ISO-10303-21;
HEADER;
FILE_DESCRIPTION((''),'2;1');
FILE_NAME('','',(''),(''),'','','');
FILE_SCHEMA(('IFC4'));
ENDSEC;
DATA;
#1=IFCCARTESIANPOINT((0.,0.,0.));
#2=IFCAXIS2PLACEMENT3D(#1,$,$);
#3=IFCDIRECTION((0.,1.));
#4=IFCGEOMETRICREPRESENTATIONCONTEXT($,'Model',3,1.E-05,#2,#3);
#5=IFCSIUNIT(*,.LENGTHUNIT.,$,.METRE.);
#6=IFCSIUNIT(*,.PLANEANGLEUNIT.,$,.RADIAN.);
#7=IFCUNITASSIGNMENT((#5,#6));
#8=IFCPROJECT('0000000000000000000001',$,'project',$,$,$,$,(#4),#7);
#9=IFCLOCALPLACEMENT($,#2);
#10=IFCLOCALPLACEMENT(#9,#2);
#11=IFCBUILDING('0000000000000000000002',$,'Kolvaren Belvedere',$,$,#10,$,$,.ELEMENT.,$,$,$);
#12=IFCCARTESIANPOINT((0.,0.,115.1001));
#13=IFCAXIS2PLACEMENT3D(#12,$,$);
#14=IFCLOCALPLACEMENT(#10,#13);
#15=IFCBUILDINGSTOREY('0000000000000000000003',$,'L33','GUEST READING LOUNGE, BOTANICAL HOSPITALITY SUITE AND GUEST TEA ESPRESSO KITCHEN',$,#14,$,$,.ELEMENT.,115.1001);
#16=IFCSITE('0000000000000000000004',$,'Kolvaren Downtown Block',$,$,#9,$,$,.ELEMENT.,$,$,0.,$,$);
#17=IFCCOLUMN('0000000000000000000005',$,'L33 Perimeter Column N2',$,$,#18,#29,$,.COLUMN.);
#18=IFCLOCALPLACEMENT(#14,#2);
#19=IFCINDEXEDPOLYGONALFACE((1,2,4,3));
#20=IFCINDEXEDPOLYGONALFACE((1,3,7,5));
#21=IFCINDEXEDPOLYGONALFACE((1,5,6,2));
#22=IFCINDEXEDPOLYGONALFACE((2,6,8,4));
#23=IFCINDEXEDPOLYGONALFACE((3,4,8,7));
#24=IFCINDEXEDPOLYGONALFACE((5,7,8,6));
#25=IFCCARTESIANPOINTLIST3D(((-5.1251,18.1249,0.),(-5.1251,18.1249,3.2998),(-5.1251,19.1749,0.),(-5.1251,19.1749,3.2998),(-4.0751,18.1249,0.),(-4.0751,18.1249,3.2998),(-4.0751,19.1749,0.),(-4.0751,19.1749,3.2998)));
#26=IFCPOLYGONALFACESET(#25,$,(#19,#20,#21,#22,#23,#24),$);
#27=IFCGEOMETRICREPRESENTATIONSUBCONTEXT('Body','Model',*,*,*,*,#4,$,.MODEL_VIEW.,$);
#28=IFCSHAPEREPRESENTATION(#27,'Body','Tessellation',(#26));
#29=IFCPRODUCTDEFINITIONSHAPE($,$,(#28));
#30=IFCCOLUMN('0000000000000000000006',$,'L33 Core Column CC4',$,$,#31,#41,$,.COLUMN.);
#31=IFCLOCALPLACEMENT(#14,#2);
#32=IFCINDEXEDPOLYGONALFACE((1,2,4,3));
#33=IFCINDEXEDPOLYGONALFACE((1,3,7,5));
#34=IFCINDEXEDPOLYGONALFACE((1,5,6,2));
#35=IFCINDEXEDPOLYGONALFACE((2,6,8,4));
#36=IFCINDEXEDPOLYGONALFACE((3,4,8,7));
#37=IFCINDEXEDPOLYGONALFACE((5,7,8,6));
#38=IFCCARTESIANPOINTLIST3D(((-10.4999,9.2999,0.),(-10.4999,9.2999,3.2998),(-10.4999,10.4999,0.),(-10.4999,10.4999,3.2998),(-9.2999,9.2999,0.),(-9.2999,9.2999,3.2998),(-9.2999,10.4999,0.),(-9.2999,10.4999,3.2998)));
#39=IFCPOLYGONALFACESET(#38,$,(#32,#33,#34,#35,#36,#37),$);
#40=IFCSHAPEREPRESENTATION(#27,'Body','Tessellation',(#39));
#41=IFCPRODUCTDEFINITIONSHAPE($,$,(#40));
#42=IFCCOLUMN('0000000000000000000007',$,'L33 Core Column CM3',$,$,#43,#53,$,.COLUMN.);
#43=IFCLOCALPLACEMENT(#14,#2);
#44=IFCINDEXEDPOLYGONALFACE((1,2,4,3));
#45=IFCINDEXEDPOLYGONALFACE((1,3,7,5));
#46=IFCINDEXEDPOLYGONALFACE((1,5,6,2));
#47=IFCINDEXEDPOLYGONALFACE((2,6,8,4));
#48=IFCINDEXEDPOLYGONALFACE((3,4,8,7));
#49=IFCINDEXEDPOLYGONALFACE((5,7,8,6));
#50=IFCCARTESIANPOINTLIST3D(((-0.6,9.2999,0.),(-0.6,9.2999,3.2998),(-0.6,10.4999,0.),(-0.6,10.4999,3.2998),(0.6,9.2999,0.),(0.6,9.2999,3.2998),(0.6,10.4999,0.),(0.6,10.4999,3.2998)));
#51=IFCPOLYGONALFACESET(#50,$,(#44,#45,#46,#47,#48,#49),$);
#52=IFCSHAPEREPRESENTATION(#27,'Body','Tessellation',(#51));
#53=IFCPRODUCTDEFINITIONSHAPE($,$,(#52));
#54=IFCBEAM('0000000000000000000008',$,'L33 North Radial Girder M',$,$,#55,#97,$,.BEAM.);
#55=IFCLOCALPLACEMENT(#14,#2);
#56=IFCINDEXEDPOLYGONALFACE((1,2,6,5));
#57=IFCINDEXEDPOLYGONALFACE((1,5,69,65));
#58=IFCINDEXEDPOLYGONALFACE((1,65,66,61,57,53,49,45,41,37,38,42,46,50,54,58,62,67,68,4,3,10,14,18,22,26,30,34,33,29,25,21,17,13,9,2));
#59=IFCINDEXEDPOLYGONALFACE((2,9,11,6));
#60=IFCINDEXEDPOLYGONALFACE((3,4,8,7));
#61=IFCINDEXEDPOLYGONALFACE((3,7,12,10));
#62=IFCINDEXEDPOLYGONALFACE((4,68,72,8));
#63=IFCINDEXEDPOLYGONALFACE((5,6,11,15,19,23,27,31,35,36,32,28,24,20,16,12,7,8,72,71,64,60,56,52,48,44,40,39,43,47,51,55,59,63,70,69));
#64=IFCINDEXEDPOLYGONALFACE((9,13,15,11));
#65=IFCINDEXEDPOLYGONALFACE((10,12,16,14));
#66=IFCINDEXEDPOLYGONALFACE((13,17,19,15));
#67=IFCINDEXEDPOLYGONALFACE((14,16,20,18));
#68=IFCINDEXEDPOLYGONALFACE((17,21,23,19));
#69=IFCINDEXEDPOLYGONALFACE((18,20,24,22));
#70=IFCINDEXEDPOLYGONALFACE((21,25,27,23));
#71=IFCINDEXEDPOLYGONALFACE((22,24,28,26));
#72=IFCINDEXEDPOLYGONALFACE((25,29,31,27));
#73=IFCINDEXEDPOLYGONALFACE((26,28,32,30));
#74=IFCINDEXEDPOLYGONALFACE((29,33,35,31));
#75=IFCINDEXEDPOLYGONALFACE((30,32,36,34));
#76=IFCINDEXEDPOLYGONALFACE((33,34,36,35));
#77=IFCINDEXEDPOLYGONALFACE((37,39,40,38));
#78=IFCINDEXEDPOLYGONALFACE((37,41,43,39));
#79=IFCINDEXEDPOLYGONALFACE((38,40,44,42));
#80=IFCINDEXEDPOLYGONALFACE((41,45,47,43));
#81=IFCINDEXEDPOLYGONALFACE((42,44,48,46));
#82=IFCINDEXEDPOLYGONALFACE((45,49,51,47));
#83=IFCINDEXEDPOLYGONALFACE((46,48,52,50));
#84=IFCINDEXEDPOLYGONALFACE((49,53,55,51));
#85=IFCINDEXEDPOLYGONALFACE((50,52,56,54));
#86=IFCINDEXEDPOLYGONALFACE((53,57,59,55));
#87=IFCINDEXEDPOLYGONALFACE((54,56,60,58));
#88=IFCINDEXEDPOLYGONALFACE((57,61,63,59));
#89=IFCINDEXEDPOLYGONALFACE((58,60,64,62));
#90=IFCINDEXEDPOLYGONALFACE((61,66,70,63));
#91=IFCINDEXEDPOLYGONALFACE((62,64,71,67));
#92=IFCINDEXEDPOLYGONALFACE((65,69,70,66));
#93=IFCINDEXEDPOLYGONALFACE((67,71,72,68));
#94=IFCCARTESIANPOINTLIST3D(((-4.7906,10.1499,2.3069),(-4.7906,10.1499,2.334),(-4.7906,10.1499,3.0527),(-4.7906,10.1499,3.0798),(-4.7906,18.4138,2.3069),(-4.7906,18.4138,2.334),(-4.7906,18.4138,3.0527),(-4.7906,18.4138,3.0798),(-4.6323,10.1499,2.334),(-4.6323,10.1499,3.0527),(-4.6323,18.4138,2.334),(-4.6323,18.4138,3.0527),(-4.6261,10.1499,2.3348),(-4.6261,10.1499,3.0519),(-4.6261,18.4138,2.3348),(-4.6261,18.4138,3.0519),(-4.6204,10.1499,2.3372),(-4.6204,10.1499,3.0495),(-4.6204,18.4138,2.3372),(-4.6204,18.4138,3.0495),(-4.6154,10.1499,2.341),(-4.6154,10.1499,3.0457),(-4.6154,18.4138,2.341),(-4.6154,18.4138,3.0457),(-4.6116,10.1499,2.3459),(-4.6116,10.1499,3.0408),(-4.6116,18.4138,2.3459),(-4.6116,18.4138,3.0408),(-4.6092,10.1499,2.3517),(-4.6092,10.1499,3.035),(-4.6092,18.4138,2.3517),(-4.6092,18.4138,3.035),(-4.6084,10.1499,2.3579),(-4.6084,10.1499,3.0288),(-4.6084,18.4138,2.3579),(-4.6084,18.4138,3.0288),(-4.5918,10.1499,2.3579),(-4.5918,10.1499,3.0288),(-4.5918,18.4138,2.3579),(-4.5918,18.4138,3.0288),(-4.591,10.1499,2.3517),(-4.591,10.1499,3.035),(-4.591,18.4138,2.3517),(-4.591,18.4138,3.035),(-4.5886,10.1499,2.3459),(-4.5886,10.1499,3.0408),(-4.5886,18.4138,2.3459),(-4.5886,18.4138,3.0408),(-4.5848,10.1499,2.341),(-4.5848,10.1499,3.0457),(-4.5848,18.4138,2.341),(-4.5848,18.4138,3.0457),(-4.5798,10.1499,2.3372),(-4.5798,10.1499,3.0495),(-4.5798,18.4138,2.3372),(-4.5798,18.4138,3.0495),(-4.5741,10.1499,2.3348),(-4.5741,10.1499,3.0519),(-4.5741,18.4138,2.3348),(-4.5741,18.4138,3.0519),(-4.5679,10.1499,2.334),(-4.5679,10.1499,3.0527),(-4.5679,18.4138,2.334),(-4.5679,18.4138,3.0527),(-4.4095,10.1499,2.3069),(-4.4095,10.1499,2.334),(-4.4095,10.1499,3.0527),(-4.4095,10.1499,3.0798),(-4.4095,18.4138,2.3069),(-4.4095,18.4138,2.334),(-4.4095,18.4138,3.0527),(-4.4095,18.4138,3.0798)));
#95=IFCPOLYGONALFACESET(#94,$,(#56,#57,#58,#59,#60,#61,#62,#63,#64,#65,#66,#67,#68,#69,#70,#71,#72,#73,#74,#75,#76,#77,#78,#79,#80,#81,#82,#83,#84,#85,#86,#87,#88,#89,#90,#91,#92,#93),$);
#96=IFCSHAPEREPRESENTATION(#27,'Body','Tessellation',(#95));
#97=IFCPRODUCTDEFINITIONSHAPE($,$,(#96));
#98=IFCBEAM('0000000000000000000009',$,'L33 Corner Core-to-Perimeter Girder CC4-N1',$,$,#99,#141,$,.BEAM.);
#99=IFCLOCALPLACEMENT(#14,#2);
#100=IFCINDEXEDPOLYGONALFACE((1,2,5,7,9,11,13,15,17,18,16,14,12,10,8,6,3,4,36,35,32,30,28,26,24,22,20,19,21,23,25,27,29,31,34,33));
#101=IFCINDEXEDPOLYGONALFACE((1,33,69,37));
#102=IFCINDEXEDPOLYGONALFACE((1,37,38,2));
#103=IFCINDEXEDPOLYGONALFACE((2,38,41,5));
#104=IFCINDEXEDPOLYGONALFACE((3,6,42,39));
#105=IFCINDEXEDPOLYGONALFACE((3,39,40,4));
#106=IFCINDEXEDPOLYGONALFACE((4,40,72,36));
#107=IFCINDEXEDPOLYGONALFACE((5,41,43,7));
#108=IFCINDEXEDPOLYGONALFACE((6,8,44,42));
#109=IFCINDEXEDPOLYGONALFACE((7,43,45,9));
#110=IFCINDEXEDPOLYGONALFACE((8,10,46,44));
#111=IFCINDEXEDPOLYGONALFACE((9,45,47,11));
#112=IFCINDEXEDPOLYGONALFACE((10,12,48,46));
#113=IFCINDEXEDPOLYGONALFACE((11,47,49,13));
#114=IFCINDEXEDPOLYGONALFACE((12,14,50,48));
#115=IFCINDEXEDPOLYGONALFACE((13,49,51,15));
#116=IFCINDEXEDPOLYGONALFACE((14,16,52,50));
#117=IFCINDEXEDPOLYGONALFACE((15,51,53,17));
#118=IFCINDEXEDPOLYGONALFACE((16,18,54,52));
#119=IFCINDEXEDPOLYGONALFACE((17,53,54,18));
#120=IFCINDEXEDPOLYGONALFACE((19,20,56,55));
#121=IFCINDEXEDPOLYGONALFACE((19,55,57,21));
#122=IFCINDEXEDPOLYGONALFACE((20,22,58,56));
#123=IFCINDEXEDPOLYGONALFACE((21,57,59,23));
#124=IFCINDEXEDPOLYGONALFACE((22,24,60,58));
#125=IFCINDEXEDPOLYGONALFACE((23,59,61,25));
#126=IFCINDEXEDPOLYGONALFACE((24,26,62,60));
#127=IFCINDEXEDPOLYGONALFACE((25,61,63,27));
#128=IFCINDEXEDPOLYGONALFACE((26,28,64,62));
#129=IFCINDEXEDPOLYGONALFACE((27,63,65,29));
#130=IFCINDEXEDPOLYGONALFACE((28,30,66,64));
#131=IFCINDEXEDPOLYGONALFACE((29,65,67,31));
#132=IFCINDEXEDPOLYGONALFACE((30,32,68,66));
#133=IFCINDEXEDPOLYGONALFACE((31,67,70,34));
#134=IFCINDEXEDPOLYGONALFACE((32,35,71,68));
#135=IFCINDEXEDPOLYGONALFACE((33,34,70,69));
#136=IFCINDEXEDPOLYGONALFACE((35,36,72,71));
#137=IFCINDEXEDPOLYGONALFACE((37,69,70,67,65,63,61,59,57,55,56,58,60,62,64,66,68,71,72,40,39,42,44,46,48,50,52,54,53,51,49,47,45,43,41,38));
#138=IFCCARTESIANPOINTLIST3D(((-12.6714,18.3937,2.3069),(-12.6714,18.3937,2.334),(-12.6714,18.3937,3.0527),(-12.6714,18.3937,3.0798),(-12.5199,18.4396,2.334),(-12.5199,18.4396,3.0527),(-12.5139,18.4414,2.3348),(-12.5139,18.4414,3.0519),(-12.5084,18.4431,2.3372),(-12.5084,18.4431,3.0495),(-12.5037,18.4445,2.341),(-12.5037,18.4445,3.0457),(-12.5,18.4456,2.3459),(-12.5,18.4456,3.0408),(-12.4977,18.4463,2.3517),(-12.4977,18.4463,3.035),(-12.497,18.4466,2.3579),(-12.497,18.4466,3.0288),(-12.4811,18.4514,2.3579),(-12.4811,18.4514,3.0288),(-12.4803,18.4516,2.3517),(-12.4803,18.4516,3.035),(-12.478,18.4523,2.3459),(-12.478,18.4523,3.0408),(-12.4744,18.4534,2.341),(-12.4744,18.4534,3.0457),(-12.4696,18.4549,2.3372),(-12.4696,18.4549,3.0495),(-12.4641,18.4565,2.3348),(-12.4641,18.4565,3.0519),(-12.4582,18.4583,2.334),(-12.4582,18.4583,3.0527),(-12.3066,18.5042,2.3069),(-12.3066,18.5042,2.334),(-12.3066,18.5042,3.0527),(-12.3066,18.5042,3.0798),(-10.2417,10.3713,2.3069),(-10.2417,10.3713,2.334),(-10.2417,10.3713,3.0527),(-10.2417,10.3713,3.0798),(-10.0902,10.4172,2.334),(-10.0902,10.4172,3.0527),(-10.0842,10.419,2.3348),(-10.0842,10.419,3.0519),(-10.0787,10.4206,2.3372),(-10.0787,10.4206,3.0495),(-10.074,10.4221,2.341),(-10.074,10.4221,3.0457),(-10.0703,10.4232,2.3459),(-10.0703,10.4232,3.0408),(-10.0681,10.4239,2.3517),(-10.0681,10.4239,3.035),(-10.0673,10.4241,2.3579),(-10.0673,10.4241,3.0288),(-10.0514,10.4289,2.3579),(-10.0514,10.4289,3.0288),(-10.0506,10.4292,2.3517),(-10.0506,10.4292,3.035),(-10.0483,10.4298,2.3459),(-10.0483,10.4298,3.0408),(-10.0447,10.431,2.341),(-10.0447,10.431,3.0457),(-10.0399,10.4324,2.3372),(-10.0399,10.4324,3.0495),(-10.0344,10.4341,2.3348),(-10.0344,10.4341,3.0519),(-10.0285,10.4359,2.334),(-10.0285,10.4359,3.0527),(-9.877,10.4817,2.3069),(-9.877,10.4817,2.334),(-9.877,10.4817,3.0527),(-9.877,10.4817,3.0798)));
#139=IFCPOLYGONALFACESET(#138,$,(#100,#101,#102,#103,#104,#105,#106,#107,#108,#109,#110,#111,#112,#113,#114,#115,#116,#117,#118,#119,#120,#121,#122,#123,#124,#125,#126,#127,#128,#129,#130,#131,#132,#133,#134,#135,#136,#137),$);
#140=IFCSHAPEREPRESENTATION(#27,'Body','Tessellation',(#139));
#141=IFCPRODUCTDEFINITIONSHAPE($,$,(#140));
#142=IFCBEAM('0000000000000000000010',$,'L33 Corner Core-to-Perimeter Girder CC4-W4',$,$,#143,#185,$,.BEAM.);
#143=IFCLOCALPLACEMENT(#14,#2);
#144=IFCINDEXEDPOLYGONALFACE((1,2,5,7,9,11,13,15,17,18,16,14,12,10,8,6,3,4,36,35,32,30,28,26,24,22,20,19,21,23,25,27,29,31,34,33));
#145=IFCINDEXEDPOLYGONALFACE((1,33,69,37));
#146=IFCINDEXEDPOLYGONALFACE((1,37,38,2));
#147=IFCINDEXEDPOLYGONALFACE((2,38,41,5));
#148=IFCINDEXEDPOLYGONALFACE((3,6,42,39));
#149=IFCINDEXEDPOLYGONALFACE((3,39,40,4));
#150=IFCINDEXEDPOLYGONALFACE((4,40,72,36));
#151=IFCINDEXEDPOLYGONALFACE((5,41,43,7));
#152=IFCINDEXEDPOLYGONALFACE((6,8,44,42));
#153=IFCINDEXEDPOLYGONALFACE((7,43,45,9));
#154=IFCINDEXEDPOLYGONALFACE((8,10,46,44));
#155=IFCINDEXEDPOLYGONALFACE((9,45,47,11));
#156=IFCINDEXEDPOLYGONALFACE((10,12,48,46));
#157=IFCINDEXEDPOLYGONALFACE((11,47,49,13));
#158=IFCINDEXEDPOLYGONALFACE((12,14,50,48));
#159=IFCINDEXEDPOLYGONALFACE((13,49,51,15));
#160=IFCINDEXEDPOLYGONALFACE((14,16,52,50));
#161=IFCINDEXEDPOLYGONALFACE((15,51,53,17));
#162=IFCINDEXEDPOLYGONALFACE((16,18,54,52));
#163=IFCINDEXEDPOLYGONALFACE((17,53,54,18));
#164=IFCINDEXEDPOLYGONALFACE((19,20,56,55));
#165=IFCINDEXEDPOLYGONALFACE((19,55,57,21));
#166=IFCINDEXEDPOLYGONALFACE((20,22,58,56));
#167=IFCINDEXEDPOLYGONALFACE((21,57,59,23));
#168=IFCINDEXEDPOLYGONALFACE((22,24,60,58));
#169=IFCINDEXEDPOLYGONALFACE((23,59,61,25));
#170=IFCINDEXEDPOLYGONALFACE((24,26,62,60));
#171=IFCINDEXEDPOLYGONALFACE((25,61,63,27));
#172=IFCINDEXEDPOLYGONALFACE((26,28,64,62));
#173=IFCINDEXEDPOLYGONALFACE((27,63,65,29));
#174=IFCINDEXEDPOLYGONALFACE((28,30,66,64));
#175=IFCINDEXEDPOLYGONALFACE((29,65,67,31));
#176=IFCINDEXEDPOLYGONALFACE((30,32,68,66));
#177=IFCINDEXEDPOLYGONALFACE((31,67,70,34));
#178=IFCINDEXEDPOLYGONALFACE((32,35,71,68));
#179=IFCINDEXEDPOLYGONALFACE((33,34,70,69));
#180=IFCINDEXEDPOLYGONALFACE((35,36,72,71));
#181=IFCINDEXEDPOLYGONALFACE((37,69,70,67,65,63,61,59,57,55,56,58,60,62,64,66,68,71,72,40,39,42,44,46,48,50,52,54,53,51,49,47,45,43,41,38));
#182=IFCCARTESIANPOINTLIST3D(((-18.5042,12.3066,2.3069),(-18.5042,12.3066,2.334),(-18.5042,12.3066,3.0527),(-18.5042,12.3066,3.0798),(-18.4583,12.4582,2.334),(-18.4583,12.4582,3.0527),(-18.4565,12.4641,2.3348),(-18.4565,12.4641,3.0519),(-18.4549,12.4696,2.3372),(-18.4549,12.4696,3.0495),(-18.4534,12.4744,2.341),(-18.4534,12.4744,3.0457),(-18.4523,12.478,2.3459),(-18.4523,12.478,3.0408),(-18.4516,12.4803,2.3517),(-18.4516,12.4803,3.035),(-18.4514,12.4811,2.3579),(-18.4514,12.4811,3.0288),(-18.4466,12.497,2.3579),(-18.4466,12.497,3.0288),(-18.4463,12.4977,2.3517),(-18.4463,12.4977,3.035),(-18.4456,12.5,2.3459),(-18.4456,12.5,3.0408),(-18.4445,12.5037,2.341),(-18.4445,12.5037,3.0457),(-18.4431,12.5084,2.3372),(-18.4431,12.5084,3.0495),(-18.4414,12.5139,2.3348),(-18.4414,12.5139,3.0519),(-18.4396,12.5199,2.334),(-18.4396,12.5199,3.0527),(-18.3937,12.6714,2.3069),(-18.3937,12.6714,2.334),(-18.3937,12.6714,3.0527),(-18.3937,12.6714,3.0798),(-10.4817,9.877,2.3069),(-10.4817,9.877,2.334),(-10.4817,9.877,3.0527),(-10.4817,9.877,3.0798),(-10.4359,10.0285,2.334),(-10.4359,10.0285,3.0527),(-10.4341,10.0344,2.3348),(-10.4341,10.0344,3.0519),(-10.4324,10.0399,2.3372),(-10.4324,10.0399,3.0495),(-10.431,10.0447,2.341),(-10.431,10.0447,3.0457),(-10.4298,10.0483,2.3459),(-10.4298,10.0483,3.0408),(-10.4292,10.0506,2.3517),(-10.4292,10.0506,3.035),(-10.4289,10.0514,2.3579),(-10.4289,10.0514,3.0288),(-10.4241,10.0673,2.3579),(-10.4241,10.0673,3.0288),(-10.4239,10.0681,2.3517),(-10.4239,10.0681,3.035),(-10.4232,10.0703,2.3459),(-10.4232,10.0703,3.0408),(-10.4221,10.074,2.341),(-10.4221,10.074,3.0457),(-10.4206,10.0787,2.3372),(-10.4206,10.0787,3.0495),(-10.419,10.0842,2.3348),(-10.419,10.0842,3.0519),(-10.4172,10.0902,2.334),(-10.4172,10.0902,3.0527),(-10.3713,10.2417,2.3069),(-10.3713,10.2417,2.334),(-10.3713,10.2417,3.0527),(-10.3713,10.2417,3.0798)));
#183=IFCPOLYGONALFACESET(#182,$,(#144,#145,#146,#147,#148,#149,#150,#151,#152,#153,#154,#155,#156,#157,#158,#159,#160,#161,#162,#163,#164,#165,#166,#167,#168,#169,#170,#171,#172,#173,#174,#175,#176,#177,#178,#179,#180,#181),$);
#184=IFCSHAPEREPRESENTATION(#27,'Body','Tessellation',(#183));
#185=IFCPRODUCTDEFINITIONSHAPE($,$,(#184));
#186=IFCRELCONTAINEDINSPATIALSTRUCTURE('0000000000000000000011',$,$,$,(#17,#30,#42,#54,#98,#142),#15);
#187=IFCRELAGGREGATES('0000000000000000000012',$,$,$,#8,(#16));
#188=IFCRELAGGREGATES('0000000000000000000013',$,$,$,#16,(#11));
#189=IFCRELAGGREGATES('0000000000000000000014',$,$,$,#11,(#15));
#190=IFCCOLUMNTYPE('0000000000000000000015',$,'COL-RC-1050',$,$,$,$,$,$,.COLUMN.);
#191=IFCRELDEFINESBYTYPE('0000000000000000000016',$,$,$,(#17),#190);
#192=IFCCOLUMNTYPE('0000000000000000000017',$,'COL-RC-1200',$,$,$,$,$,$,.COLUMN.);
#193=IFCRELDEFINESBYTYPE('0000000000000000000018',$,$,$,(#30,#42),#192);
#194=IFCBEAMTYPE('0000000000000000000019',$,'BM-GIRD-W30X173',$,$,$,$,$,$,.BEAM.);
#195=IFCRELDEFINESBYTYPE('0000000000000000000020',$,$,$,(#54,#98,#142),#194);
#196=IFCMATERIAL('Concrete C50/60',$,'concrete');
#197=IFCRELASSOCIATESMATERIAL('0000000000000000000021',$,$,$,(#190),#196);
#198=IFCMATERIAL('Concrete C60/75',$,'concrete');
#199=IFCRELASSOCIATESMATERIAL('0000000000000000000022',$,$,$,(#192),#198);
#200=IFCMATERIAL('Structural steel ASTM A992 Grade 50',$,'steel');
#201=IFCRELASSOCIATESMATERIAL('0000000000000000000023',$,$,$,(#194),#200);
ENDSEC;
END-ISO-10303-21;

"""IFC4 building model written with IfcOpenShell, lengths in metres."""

from ifc_helpers import new_model, si_unit, direction, frame, origin, origin_2d, place, context, subcontext, project, spatial, rectangle, i_section, extrude, material, material_profile, profile_set, type_object, element, save


model = new_model("IFC4")

# Units and contexts
model_context = context("Model", 3, precision=1e-05, world=origin(), true_north=direction((0.0, 1.0)))
body_context = subcontext(model_context, "Body", "Model", "MODEL_VIEW")
ifc_project = project(units=[si_unit("LENGTHUNIT", "METRE"), si_unit("PLANEANGLEUNIT", "RADIAN")], contexts=[model_context])

# Site, building, storey
site_placement = place(None, origin())
site = spatial("IfcSite", under=ifc_project, at=site_placement, Name="Kolvaren Downtown Block", CompositionType="ELEMENT", RefElevation=0.0)
building_placement = place(site_placement, origin())
building = spatial("IfcBuilding", under=site, at=building_placement, Name="Kolvaren Belvedere", CompositionType="ELEMENT")
storey_placement = place(building_placement, frame((0.0, 0.0, 115.1001)))
storey = spatial("IfcBuildingStorey", under=building, at=storey_placement, Name="L33", Description="GUEST READING LOUNGE, BOTANICAL HOSPITALITY SUITE AND GUEST TEA ESPRESSO KITCHEN", CompositionType="ELEMENT", Elevation=115.1001)

# Columns
ifc_material_1 = material(Name="Concrete C50/60", Category="concrete")
ifc_material_profile_1 = material_profile(ifc_material_1, rectangle(XDim=1.05, YDim=1.05, at=origin_2d()), Name="RC 1050X1050")
ifc_profile_set_1 = profile_set([ifc_material_profile_1], Name="Concrete C50/60")
column_type_1 = type_object("IfcColumnType", Name="COL-RC-1050", PredefinedType="COLUMN", material=ifc_profile_set_1)
column_placement = place(storey_placement, frame((-4.6001, 18.6499, 0.0), z_axis=(0.0, 0.0, 1.0), x_axis=(1.0, 0.0, 0.0)))
element("IfcColumn", 1, at=column_placement, inside=storey, type_object=column_type_1, Name="L33 Perimeter Column N2", PredefinedType="COLUMN", context=body_context, shape_type="SweptSolid", body=[
    extrude(rectangle(XDim=1.05, YDim=1.05, at=origin_2d()), origin(), (0.0, 0.0, 1.0), 3.2998),
])
ifc_material_2 = material(Name="Concrete C60/75", Category="concrete")
ifc_material_profile_2 = material_profile(ifc_material_2, rectangle(XDim=1.2, YDim=1.2, at=origin_2d()), Name="RC 1200X1200")
ifc_profile_set_2 = profile_set([ifc_material_profile_2], Name="Concrete C60/75")
column_type_2 = type_object("IfcColumnType", Name="COL-RC-1200", PredefinedType="COLUMN", material=ifc_profile_set_2)
for number, where, z_axis, x_axis, name in (
    (2, (-9.8999, 9.8999, 0.0), (0.0, 0.0, 1.0), (1.0, 0.0, 0.0), "L33 Core Column CC4"),
    (3, (0.0, 9.8999, 0.0), (0.0, 0.0, 1.0), (1.0, 0.0, 0.0), "L33 Core Column CM3"),
):
    element("IfcColumn", number, at=place(storey_placement, frame(where, z_axis=z_axis, x_axis=x_axis)), inside=storey, type_object=column_type_2, Name=name, PredefinedType="COLUMN", context=body_context, shape_type="SweptSolid", body=[
        extrude(rectangle(XDim=1.2, YDim=1.2, at=origin_2d()), origin(), (0.0, 0.0, 1.0), 3.2998),
    ])

# Beams
ifc_material_3 = material(Name="Structural steel ASTM A992 Grade 50", Category="steel")
ifc_material_profile_3 = material_profile(ifc_material_3, i_section(OverallWidth=0.3811, OverallDepth=0.7729, WebThickness=0.0166, FlangeThickness=0.0271, FilletRadius=0.0239, at=origin_2d()), Name="W30X173")
ifc_profile_set_3 = profile_set([ifc_material_profile_3], Name="Structural steel ASTM A992 Grade 50")
beam_type_1 = type_object("IfcBeamType", Name="BM-GIRD-W30X173", PredefinedType="BEAM", material=ifc_profile_set_3)
beam_1_placement = place(storey_placement, frame((-4.6001, 10.1499, 2.6934), z_axis=(0.0, 1.0, 0.0), x_axis=(-1.0, 0.0, 0.0)))
element("IfcBeam", 4, at=beam_1_placement, inside=storey, type_object=beam_type_1, Name="L33 North Radial Girder M", PredefinedType="BEAM", context=body_context, shape_type="SweptSolid", body=[
    extrude(i_section(OverallWidth=0.3811, OverallDepth=0.7729, WebThickness=0.0166, FlangeThickness=0.0271, FilletRadius=0.0239, at=origin_2d()), origin(), (0.0, 0.0, 1.0), 8.2639),
])
for number, where, z_axis, x_axis, name in (
    (5, (-10.0593, 10.4265, 2.6934), (-0.289859, 0.957069, 0.0), (-0.957069, -0.289859, 0.0), "L33 Corner Core-to-Perimeter Girder CC4-N1"),
    (6, (-10.4265, 10.0593, 2.6934), (-0.957069, 0.289859, 0.0), (-0.289859, -0.957069, 0.0), "L33 Corner Core-to-Perimeter Girder CC4-W4"),
):
    element("IfcBeam", number, at=place(storey_placement, frame(where, z_axis=z_axis, x_axis=x_axis)), inside=storey, type_object=beam_type_1, Name=name, PredefinedType="BEAM", context=body_context, shape_type="SweptSolid", body=[
        extrude(i_section(OverallWidth=0.3811, OverallDepth=0.7729, WebThickness=0.0166, FlangeThickness=0.0271, FilletRadius=0.0239, at=origin_2d()), origin(), (0.0, 0.0, 1.0), 8.3823),
    ])

save(model, "model.ifc")
